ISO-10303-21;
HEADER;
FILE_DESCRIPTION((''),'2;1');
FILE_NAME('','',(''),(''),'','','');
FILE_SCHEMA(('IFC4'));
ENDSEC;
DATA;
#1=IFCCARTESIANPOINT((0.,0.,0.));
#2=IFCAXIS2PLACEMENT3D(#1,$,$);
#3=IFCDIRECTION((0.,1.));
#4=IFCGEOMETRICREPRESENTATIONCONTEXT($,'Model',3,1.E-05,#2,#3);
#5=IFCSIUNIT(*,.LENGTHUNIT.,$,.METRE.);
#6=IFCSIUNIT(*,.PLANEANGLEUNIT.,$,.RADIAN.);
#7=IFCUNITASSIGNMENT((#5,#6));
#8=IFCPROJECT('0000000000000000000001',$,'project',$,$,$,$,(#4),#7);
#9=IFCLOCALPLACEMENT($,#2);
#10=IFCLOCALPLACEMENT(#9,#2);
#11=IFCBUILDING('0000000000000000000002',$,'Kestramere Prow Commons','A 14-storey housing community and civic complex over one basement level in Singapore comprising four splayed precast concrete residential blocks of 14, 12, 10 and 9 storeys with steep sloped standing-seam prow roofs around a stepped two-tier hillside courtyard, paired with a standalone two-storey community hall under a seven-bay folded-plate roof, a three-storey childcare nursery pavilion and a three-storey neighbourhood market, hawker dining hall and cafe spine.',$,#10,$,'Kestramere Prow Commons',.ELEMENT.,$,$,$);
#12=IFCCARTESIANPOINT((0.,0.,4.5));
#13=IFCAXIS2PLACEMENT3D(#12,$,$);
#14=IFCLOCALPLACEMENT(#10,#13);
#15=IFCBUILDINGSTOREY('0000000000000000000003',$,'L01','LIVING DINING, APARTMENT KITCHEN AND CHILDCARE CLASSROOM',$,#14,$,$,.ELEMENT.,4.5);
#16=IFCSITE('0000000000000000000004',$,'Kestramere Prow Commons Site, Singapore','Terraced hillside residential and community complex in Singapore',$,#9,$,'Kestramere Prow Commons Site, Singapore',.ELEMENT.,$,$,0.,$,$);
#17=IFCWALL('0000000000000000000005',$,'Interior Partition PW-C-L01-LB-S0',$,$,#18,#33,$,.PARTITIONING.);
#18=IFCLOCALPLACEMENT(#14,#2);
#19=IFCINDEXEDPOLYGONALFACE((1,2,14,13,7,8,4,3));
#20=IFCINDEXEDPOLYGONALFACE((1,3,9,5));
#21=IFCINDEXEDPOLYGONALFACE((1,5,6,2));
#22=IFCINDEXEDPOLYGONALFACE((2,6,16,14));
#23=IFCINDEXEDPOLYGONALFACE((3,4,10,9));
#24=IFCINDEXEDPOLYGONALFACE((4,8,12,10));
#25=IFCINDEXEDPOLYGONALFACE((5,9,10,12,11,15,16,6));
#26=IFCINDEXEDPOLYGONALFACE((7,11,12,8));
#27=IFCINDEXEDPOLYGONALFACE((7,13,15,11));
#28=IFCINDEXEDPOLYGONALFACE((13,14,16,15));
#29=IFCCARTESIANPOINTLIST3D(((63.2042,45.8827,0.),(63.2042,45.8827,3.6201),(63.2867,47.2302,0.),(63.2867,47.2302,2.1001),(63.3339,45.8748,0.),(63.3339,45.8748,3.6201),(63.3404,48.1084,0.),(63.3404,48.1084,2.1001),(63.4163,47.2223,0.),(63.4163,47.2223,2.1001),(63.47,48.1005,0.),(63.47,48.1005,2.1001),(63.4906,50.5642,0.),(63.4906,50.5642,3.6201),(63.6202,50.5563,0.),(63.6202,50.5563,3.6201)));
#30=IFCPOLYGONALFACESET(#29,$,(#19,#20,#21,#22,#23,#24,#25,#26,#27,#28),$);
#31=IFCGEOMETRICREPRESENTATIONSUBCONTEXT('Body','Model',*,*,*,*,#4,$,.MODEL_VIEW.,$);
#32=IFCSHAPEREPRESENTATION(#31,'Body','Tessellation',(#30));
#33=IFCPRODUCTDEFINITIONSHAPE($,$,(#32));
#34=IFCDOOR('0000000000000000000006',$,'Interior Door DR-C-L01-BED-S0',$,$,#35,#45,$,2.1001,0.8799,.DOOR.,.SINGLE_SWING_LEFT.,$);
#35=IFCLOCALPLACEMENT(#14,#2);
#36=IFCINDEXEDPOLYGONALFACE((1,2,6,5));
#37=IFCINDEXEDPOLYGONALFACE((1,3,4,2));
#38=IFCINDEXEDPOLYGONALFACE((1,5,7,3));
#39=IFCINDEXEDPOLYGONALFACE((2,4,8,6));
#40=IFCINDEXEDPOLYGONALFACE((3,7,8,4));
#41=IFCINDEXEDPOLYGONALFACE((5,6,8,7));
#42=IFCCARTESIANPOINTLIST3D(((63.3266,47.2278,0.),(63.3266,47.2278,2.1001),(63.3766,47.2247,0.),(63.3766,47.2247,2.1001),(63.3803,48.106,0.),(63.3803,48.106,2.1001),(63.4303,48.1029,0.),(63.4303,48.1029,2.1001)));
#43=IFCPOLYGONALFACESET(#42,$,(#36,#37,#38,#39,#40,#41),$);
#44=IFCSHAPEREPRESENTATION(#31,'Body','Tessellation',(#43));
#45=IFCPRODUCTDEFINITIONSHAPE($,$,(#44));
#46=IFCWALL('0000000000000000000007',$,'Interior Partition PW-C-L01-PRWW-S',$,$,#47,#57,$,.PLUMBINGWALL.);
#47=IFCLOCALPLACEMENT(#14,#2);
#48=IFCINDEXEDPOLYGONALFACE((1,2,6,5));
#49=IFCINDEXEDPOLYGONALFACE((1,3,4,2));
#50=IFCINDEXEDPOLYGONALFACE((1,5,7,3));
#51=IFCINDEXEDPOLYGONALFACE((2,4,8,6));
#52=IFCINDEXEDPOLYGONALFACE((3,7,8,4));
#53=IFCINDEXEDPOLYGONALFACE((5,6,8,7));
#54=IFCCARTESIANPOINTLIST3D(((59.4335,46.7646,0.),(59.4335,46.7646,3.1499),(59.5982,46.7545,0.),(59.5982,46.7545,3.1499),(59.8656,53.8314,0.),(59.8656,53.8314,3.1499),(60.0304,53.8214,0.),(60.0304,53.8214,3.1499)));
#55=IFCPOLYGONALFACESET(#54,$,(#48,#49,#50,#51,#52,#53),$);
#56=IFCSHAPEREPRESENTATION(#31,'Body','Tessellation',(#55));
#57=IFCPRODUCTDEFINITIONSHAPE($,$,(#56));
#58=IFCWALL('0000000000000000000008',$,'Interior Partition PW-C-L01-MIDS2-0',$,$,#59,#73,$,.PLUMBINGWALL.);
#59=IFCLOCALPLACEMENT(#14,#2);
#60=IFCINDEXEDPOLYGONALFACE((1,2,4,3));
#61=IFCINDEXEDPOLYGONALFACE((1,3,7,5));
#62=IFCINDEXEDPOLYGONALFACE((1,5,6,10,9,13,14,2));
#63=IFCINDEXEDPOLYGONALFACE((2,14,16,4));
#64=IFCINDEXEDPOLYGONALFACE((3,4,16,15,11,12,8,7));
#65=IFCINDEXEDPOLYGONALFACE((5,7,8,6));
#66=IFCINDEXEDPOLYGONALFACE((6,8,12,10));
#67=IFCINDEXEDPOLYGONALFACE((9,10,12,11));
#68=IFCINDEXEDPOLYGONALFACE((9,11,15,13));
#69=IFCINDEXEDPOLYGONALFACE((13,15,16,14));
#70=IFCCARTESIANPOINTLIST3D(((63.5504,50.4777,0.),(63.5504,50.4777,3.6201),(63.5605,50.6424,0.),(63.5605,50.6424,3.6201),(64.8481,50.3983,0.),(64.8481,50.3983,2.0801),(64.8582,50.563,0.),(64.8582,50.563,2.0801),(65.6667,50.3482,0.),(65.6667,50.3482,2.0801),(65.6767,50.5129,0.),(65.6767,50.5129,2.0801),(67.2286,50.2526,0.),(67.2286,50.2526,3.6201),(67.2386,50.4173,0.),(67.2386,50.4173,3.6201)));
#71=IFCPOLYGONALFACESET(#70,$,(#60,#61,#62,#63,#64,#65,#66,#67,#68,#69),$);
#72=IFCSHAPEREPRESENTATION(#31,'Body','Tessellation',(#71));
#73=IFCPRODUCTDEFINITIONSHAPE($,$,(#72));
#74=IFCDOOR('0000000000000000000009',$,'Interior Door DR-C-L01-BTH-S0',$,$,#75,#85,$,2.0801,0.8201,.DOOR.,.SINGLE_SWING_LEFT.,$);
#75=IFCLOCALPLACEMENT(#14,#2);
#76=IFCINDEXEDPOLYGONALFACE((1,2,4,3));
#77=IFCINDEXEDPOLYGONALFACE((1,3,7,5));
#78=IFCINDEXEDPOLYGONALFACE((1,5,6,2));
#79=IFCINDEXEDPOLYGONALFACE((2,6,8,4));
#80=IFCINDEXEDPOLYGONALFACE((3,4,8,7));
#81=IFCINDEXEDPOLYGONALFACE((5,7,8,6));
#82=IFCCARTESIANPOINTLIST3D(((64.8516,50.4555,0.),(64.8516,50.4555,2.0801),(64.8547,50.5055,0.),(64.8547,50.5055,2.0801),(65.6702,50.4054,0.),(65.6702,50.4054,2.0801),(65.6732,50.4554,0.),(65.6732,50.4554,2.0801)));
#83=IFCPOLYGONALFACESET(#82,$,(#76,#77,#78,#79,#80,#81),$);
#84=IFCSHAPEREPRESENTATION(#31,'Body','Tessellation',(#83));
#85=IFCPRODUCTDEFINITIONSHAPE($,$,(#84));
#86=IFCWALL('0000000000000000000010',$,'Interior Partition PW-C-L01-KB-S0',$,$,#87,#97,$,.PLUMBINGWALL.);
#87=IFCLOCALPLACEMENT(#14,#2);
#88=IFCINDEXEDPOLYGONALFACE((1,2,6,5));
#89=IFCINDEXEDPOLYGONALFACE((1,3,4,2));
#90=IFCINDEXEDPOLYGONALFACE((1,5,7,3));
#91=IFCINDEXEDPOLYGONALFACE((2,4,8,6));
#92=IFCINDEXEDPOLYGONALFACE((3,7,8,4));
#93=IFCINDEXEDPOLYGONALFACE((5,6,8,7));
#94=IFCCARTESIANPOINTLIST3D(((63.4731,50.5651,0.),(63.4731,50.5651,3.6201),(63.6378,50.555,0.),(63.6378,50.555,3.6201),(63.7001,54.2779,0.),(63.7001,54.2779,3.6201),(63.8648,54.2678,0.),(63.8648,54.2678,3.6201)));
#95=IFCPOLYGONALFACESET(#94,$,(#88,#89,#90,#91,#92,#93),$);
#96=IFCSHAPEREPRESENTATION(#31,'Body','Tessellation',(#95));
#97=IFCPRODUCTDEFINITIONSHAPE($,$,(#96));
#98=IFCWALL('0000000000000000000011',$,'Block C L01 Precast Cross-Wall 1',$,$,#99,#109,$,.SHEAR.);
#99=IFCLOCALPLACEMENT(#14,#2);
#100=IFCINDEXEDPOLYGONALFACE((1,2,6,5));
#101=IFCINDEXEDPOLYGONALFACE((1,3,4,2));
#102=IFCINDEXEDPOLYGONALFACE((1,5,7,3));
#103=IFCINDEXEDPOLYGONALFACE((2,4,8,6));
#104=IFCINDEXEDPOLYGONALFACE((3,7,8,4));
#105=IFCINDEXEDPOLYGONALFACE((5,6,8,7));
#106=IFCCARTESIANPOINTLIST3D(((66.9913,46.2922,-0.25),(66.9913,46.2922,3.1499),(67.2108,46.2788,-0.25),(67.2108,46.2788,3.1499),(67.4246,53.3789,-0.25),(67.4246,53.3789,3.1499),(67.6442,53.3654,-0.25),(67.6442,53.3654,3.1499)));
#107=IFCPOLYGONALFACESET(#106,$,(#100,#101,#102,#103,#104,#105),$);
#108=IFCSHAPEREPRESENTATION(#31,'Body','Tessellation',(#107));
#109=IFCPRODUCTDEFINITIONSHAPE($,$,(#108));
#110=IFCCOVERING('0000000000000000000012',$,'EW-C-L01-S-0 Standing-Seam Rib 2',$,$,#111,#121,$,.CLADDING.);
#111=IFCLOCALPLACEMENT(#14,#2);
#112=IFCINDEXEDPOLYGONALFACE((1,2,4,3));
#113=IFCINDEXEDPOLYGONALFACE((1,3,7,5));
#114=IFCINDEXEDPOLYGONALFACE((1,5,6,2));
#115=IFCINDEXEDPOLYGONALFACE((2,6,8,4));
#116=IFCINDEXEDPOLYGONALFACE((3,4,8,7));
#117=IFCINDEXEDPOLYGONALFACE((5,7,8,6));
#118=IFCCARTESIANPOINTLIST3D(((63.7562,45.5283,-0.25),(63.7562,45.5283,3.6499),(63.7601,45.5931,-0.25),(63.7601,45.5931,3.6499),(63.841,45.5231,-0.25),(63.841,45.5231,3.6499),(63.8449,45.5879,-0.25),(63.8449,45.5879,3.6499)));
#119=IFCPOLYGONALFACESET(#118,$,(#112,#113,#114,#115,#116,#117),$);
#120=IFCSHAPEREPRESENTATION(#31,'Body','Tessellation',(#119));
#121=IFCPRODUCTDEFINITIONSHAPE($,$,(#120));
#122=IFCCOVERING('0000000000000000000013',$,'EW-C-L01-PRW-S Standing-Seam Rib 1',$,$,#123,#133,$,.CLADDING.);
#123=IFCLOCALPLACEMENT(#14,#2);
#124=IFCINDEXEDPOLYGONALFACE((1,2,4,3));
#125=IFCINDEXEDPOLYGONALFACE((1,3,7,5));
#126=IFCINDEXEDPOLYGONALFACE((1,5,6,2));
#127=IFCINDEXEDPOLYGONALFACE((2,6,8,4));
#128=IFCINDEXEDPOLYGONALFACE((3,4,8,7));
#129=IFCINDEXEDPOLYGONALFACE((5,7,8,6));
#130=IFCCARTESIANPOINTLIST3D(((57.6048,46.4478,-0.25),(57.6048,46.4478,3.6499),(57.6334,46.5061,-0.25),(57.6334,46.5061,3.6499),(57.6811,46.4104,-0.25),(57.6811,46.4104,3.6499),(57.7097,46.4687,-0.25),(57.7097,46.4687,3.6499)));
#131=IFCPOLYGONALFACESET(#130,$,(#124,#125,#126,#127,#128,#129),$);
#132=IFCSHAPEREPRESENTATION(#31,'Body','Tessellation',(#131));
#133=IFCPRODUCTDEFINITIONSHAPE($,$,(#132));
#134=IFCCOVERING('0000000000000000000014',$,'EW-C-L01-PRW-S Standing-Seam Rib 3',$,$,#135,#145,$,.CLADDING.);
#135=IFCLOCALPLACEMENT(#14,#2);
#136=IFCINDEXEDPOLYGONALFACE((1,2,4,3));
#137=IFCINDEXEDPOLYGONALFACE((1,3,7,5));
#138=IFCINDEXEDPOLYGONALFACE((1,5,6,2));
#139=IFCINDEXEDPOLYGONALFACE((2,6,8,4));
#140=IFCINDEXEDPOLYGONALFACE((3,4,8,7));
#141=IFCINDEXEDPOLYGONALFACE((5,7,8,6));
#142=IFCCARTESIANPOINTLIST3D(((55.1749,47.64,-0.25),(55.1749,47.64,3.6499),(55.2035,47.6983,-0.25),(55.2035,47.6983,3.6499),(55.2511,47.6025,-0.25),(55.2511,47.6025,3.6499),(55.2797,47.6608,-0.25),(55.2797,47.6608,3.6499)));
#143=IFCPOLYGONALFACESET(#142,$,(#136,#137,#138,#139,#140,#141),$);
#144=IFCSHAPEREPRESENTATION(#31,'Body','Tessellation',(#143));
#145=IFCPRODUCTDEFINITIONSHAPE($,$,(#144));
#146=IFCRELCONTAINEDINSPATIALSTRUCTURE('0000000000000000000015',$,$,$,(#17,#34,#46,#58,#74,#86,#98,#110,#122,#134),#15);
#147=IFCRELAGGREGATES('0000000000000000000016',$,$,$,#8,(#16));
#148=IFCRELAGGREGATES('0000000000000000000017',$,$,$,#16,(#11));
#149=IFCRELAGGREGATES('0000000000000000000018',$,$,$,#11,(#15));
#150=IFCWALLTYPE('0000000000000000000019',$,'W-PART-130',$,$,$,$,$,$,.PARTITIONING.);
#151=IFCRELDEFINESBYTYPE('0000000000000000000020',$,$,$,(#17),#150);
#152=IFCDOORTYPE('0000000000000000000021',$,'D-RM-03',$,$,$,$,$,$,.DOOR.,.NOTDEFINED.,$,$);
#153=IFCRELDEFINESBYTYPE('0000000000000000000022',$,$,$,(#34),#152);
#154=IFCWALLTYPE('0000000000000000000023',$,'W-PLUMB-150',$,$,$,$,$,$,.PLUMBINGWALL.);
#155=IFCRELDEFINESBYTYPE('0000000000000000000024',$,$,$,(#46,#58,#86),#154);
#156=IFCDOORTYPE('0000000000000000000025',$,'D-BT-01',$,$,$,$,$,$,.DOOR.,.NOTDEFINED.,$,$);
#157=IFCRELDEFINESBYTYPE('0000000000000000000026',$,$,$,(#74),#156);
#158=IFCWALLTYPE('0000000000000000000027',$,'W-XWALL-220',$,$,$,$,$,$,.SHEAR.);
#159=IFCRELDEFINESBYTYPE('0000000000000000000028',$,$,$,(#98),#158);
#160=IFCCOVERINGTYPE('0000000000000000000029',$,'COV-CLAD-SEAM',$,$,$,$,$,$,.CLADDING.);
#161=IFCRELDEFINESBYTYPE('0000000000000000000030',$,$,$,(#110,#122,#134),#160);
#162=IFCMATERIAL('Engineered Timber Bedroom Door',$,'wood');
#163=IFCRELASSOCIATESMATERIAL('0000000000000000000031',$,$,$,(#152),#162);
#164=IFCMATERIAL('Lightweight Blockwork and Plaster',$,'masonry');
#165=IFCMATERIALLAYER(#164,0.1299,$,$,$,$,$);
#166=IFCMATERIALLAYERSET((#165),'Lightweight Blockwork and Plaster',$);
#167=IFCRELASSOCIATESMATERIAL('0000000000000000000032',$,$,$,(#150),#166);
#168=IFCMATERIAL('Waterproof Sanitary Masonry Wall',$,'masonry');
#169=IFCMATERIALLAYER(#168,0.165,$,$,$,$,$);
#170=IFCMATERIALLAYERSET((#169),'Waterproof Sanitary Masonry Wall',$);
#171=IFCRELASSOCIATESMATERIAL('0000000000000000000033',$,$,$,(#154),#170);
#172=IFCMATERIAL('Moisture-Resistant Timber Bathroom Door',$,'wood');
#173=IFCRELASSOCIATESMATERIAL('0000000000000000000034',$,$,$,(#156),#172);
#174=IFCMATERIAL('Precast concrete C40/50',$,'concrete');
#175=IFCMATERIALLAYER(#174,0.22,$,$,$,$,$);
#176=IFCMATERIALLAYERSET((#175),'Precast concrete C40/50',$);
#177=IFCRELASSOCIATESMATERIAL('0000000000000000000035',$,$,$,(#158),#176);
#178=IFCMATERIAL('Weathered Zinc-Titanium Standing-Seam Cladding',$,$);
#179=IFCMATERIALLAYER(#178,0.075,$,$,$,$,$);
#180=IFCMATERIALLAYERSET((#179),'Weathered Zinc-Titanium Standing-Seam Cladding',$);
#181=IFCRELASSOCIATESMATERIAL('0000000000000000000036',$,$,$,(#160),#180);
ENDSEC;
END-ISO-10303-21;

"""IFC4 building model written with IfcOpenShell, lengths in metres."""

from ifc_helpers import new_model, si_unit, direction, frame, frame_2d, origin, origin_2d, place, context, subcontext, project, spatial, rectangle, extrude, material, layer, layer_set, type_object, element, fill, save


model = new_model("IFC4")

# Units and contexts
model_context = context("Model", 3, precision=1e-05, world=origin(), true_north=direction((0.0, 1.0)))
body_context = subcontext(model_context, "Body", "Model", "MODEL_VIEW")
ifc_project = project(units=[si_unit("LENGTHUNIT", "METRE"), si_unit("PLANEANGLEUNIT", "RADIAN")], contexts=[model_context])

# Site, building, storey
site_placement = place(None, origin())
site = spatial("IfcSite", under=ifc_project, at=site_placement, Name="Kestramere Prow Commons Site, Singapore", Description="Terraced hillside residential and community complex in Singapore", LongName="Kestramere Prow Commons Site, Singapore", CompositionType="ELEMENT", RefElevation=0.0)
building_placement = place(site_placement, origin())
building = spatial("IfcBuilding", under=site, at=building_placement, Name="Kestramere Prow Commons", Description="A 14-storey housing community and civic complex over one basement level in Singapore comprising four splayed precast concrete residential blocks of 14, 12, 10 and 9 storeys with steep sloped standing-seam prow roofs around a stepped two-tier hillside courtyard, paired with a standalone two-storey community hall under a seven-bay folded-plate roof, a three-storey childcare nursery pavilion and a three-storey neighbourhood market, hawker dining hall and cafe spine.", LongName="Kestramere Prow Commons", CompositionType="ELEMENT")
storey_placement = place(building_placement, frame((0.0, 0.0, 4.5)))
storey = spatial("IfcBuildingStorey", under=building, at=storey_placement, Name="L01", Description="LIVING DINING, APARTMENT KITCHEN AND CHILDCARE CLASSROOM", CompositionType="ELEMENT", Elevation=4.5)

# Shared definitions
ifc_material_1 = material(Name="Precast concrete C40/50", Category="concrete")

# Shared definitions
ifc_material_2 = material(Name="Weathered Zinc-Titanium Standing-Seam Cladding")

# Wall, opening, door
ifc_material_3 = material(Name="Engineered Timber Bedroom Door", Category="wood")
door_type_1 = type_object("IfcDoorType", Name="D-RM-03", OperationType="NOTDEFINED", PredefinedType="DOOR", material=ifc_material_3)
ifc_material_4 = material(Name="Lightweight Blockwork and Plaster", Category="masonry")
ifc_layer_1 = layer(ifc_material_4, 0.1299)
ifc_layer_set_1 = layer_set([ifc_layer_1], Name="Lightweight Blockwork and Plaster")
wall_type_1 = type_object("IfcWallType", Name="W-PART-130", PredefinedType="PARTITIONING", material=ifc_layer_set_1)
wall_1_placement = place(storey_placement, frame((63.269, 45.8787, 0.0), z_axis=(0.0, 0.0, 1.0), x_axis=(0.061059, 0.998134, 0.0)))
wall_1 = element("IfcWall", 1, at=wall_1_placement, inside=storey, type_object=wall_type_1, Name="Interior Partition PW-C-L01-LB-S0", PredefinedType="PARTITIONING", context=body_context, shape_type="SweptSolid", body=[
    extrude(rectangle(XDim=4.6902, YDim=0.1299, at=frame_2d((2.3452, 0.0))), origin(), (0.0, 0.0, 1.0), 3.6201),
])
opening_1_placement = place(wall_1_placement, frame((1.3501, 0.0, 0.0)))
opening_1 = element("IfcOpeningElement", 2, at=opening_1_placement, cuts=wall_1, PredefinedType="OPENING", context=body_context, shape_type="SweptSolid", body=[
    extrude(rectangle(XDim=0.8799, YDim=2.1001, at=frame_2d((0.4399, 1.05))), frame((0.0, 0.0798, 0.0), z_axis=(0.0, -1.0, 0.0), x_axis=(1.0, 0.0, 0.0)), (0.0, 0.0, 1.0), 0.1599),
])
door_1_placement = place(opening_1_placement, origin())
door_1 = element("IfcDoor", 3, at=door_1_placement, inside=storey, type_object=door_type_1, Name="Interior Door DR-C-L01-BED-S0", OperationType="SINGLE_SWING_LEFT", OverallHeight=2.1001, OverallWidth=0.8799, PredefinedType="DOOR", context=body_context, shape_type="SweptSolid", body=[
    extrude(rectangle(XDim=0.8799, YDim=2.1001, at=frame_2d((0.4399, 1.05))), frame((0.0, 0.0249, 0.0), z_axis=(0.0, -1.0, 0.0), x_axis=(1.0, 0.0, 0.0)), (0.0, 0.0, 1.0), 0.05),
])
fill(opening_1, door_1)

# Wall
ifc_material_5 = material(Name="Waterproof Sanitary Masonry Wall", Category="masonry")
ifc_layer_2 = layer(ifc_material_5, 0.165)
ifc_layer_set_2 = layer_set([ifc_layer_2], Name="Waterproof Sanitary Masonry Wall")
wall_type_2 = type_object("IfcWallType", Name="W-PLUMB-150", PredefinedType="PLUMBINGWALL", material=ifc_layer_set_2)
wall_2_placement = place(storey_placement, frame((59.5159, 46.7595, 0.0), z_axis=(0.0, 0.0, 1.0), x_axis=(0.061034, 0.998136, 0.0)))
element("IfcWall", 4, at=wall_2_placement, inside=storey, type_object=wall_type_2, Name="Interior Partition PW-C-L01-PRWW-S", PredefinedType="PLUMBINGWALL", context=body_context, shape_type="SweptSolid", body=[
    extrude(rectangle(XDim=7.0801, YDim=0.165, at=frame_2d((3.54, 0.0))), origin(), (0.0, 0.0, 1.0), 3.1499),
])

# Wall, opening, door
wall_3_placement = place(storey_placement, frame((63.5554, 50.5601, 0.0), z_axis=(0.0, 0.0, 1.0), x_axis=(0.998133, -0.061083, 0.0)))
wall_3 = element("IfcWall", 5, at=wall_3_placement, inside=storey, type_object=wall_type_2, Name="Interior Partition PW-C-L01-MIDS2-0", PredefinedType="PLUMBINGWALL", context=body_context, shape_type="SweptSolid", body=[
    extrude(rectangle(XDim=3.6851, YDim=0.165, at=frame_2d((1.8425, 0.0))), origin(), (0.0, 0.0, 1.0), 3.6201),
])
opening_2_placement = place(wall_3_placement, frame((1.3, 0.0, 0.0)))
opening_2 = element("IfcOpeningElement", 6, at=opening_2_placement, cuts=wall_3, PredefinedType="OPENING", context=body_context, shape_type="SweptSolid", body=[
    extrude(rectangle(XDim=0.8201, YDim=2.0801, at=frame_2d((0.4102, 1.04))), frame((0.0, 0.0974, 0.0), z_axis=(0.0, -1.0, 0.0), x_axis=(1.0, 0.0, 0.0)), (0.0, 0.0, 1.0), 0.1951),
])
ifc_material_6 = material(Name="Moisture-Resistant Timber Bathroom Door", Category="wood")
door_type_2 = type_object("IfcDoorType", Name="D-BT-01", OperationType="NOTDEFINED", PredefinedType="DOOR", material=ifc_material_6)
door_2_placement = place(opening_2_placement, origin())
door_2 = element("IfcDoor", 7, at=door_2_placement, inside=storey, type_object=door_type_2, Name="Interior Door DR-C-L01-BTH-S0", OperationType="SINGLE_SWING_LEFT", OverallHeight=2.0801, OverallWidth=0.8201, PredefinedType="DOOR", context=body_context, shape_type="SweptSolid", body=[
    extrude(rectangle(XDim=0.8201, YDim=2.0801, at=frame_2d((0.4102, 1.04))), frame((0.0, 0.0249, 0.0), z_axis=(0.0, -1.0, 0.0), x_axis=(1.0, 0.0, 0.0)), (0.0, 0.0, 1.0), 0.05),
])
fill(opening_2, door_2)

# Walls
wall_4_placement = place(storey_placement, frame((63.5554, 50.5601, 0.0), z_axis=(0.0, 0.0, 1.0), x_axis=(0.061038, 0.998135, 0.0)))
element("IfcWall", 8, at=wall_4_placement, inside=storey, type_object=wall_type_2, Name="Interior Partition PW-C-L01-KB-S0", PredefinedType="PLUMBINGWALL", context=body_context, shape_type="SweptSolid", body=[
    extrude(rectangle(XDim=3.7197, YDim=0.165, at=frame_2d((1.8599, 0.0))), origin(), (0.0, 0.0, 1.0), 3.6201),
])
ifc_layer_3 = layer(ifc_material_1, 0.22)
ifc_layer_set_3 = layer_set([ifc_layer_3], Name="Precast concrete C40/50")
wall_type_3 = type_object("IfcWallType", Name="W-XWALL-220", PredefinedType="SHEAR", material=ifc_layer_set_3)
wall_5_placement = place(storey_placement, frame((67.1011, 46.2856, -0.25), z_axis=(0.0, 0.0, 1.0), x_axis=(0.061036, 0.998136, 0.0)))
element("IfcWall", 9, at=wall_5_placement, inside=storey, type_object=wall_type_3, Name="Block C L01 Precast Cross-Wall 1", PredefinedType="SHEAR", context=body_context, shape_type="SweptSolid", body=[
    extrude(rectangle(XDim=7.0999, YDim=0.22, at=frame_2d((3.5498, 0.0))), origin(), (0.0, 0.0, 1.0), 3.3999),
])

# Coverings
ifc_layer_4 = layer(ifc_material_2, 0.075)
ifc_layer_set_4 = layer_set([ifc_layer_4], Name="Weathered Zinc-Titanium Standing-Seam Cladding")
covering_type = type_object("IfcCoveringType", Name="COV-CLAD-SEAM", PredefinedType="CLADDING", material=ifc_layer_set_4)
for number, where, z_axis, x_axis, name in (
    (10, (63.8005, 45.5581, -0.25), (0.0, 0.0, 1.0), (-0.998135, 0.061049, 0.0), "EW-C-L01-S-0 Standing-Seam Rib 2"),
    (11, (57.6572, 46.4583, -0.25), (0.0, 0.0, 1.0), (-0.897771, 0.440463, 0.0), "EW-C-L01-PRW-S Standing-Seam Rib 1"),
    (12, (55.2273, 47.6504, -0.25), (0.0, 0.0, 1.0), (-0.897771, 0.440463, 0.0), "EW-C-L01-PRW-S Standing-Seam Rib 3"),
):
    element("IfcCovering", number, at=place(storey_placement, frame(where, z_axis=z_axis, x_axis=x_axis)), inside=storey, type_object=covering_type, Name=name, PredefinedType="CLADDING", context=body_context, shape_type="SweptSolid", body=[
        extrude(rectangle(XDim=0.085, YDim=0.0649, at=origin_2d()), origin(), (0.0, 0.0, 1.0), 3.8999),
    ])

save(model, "model.ifc")
